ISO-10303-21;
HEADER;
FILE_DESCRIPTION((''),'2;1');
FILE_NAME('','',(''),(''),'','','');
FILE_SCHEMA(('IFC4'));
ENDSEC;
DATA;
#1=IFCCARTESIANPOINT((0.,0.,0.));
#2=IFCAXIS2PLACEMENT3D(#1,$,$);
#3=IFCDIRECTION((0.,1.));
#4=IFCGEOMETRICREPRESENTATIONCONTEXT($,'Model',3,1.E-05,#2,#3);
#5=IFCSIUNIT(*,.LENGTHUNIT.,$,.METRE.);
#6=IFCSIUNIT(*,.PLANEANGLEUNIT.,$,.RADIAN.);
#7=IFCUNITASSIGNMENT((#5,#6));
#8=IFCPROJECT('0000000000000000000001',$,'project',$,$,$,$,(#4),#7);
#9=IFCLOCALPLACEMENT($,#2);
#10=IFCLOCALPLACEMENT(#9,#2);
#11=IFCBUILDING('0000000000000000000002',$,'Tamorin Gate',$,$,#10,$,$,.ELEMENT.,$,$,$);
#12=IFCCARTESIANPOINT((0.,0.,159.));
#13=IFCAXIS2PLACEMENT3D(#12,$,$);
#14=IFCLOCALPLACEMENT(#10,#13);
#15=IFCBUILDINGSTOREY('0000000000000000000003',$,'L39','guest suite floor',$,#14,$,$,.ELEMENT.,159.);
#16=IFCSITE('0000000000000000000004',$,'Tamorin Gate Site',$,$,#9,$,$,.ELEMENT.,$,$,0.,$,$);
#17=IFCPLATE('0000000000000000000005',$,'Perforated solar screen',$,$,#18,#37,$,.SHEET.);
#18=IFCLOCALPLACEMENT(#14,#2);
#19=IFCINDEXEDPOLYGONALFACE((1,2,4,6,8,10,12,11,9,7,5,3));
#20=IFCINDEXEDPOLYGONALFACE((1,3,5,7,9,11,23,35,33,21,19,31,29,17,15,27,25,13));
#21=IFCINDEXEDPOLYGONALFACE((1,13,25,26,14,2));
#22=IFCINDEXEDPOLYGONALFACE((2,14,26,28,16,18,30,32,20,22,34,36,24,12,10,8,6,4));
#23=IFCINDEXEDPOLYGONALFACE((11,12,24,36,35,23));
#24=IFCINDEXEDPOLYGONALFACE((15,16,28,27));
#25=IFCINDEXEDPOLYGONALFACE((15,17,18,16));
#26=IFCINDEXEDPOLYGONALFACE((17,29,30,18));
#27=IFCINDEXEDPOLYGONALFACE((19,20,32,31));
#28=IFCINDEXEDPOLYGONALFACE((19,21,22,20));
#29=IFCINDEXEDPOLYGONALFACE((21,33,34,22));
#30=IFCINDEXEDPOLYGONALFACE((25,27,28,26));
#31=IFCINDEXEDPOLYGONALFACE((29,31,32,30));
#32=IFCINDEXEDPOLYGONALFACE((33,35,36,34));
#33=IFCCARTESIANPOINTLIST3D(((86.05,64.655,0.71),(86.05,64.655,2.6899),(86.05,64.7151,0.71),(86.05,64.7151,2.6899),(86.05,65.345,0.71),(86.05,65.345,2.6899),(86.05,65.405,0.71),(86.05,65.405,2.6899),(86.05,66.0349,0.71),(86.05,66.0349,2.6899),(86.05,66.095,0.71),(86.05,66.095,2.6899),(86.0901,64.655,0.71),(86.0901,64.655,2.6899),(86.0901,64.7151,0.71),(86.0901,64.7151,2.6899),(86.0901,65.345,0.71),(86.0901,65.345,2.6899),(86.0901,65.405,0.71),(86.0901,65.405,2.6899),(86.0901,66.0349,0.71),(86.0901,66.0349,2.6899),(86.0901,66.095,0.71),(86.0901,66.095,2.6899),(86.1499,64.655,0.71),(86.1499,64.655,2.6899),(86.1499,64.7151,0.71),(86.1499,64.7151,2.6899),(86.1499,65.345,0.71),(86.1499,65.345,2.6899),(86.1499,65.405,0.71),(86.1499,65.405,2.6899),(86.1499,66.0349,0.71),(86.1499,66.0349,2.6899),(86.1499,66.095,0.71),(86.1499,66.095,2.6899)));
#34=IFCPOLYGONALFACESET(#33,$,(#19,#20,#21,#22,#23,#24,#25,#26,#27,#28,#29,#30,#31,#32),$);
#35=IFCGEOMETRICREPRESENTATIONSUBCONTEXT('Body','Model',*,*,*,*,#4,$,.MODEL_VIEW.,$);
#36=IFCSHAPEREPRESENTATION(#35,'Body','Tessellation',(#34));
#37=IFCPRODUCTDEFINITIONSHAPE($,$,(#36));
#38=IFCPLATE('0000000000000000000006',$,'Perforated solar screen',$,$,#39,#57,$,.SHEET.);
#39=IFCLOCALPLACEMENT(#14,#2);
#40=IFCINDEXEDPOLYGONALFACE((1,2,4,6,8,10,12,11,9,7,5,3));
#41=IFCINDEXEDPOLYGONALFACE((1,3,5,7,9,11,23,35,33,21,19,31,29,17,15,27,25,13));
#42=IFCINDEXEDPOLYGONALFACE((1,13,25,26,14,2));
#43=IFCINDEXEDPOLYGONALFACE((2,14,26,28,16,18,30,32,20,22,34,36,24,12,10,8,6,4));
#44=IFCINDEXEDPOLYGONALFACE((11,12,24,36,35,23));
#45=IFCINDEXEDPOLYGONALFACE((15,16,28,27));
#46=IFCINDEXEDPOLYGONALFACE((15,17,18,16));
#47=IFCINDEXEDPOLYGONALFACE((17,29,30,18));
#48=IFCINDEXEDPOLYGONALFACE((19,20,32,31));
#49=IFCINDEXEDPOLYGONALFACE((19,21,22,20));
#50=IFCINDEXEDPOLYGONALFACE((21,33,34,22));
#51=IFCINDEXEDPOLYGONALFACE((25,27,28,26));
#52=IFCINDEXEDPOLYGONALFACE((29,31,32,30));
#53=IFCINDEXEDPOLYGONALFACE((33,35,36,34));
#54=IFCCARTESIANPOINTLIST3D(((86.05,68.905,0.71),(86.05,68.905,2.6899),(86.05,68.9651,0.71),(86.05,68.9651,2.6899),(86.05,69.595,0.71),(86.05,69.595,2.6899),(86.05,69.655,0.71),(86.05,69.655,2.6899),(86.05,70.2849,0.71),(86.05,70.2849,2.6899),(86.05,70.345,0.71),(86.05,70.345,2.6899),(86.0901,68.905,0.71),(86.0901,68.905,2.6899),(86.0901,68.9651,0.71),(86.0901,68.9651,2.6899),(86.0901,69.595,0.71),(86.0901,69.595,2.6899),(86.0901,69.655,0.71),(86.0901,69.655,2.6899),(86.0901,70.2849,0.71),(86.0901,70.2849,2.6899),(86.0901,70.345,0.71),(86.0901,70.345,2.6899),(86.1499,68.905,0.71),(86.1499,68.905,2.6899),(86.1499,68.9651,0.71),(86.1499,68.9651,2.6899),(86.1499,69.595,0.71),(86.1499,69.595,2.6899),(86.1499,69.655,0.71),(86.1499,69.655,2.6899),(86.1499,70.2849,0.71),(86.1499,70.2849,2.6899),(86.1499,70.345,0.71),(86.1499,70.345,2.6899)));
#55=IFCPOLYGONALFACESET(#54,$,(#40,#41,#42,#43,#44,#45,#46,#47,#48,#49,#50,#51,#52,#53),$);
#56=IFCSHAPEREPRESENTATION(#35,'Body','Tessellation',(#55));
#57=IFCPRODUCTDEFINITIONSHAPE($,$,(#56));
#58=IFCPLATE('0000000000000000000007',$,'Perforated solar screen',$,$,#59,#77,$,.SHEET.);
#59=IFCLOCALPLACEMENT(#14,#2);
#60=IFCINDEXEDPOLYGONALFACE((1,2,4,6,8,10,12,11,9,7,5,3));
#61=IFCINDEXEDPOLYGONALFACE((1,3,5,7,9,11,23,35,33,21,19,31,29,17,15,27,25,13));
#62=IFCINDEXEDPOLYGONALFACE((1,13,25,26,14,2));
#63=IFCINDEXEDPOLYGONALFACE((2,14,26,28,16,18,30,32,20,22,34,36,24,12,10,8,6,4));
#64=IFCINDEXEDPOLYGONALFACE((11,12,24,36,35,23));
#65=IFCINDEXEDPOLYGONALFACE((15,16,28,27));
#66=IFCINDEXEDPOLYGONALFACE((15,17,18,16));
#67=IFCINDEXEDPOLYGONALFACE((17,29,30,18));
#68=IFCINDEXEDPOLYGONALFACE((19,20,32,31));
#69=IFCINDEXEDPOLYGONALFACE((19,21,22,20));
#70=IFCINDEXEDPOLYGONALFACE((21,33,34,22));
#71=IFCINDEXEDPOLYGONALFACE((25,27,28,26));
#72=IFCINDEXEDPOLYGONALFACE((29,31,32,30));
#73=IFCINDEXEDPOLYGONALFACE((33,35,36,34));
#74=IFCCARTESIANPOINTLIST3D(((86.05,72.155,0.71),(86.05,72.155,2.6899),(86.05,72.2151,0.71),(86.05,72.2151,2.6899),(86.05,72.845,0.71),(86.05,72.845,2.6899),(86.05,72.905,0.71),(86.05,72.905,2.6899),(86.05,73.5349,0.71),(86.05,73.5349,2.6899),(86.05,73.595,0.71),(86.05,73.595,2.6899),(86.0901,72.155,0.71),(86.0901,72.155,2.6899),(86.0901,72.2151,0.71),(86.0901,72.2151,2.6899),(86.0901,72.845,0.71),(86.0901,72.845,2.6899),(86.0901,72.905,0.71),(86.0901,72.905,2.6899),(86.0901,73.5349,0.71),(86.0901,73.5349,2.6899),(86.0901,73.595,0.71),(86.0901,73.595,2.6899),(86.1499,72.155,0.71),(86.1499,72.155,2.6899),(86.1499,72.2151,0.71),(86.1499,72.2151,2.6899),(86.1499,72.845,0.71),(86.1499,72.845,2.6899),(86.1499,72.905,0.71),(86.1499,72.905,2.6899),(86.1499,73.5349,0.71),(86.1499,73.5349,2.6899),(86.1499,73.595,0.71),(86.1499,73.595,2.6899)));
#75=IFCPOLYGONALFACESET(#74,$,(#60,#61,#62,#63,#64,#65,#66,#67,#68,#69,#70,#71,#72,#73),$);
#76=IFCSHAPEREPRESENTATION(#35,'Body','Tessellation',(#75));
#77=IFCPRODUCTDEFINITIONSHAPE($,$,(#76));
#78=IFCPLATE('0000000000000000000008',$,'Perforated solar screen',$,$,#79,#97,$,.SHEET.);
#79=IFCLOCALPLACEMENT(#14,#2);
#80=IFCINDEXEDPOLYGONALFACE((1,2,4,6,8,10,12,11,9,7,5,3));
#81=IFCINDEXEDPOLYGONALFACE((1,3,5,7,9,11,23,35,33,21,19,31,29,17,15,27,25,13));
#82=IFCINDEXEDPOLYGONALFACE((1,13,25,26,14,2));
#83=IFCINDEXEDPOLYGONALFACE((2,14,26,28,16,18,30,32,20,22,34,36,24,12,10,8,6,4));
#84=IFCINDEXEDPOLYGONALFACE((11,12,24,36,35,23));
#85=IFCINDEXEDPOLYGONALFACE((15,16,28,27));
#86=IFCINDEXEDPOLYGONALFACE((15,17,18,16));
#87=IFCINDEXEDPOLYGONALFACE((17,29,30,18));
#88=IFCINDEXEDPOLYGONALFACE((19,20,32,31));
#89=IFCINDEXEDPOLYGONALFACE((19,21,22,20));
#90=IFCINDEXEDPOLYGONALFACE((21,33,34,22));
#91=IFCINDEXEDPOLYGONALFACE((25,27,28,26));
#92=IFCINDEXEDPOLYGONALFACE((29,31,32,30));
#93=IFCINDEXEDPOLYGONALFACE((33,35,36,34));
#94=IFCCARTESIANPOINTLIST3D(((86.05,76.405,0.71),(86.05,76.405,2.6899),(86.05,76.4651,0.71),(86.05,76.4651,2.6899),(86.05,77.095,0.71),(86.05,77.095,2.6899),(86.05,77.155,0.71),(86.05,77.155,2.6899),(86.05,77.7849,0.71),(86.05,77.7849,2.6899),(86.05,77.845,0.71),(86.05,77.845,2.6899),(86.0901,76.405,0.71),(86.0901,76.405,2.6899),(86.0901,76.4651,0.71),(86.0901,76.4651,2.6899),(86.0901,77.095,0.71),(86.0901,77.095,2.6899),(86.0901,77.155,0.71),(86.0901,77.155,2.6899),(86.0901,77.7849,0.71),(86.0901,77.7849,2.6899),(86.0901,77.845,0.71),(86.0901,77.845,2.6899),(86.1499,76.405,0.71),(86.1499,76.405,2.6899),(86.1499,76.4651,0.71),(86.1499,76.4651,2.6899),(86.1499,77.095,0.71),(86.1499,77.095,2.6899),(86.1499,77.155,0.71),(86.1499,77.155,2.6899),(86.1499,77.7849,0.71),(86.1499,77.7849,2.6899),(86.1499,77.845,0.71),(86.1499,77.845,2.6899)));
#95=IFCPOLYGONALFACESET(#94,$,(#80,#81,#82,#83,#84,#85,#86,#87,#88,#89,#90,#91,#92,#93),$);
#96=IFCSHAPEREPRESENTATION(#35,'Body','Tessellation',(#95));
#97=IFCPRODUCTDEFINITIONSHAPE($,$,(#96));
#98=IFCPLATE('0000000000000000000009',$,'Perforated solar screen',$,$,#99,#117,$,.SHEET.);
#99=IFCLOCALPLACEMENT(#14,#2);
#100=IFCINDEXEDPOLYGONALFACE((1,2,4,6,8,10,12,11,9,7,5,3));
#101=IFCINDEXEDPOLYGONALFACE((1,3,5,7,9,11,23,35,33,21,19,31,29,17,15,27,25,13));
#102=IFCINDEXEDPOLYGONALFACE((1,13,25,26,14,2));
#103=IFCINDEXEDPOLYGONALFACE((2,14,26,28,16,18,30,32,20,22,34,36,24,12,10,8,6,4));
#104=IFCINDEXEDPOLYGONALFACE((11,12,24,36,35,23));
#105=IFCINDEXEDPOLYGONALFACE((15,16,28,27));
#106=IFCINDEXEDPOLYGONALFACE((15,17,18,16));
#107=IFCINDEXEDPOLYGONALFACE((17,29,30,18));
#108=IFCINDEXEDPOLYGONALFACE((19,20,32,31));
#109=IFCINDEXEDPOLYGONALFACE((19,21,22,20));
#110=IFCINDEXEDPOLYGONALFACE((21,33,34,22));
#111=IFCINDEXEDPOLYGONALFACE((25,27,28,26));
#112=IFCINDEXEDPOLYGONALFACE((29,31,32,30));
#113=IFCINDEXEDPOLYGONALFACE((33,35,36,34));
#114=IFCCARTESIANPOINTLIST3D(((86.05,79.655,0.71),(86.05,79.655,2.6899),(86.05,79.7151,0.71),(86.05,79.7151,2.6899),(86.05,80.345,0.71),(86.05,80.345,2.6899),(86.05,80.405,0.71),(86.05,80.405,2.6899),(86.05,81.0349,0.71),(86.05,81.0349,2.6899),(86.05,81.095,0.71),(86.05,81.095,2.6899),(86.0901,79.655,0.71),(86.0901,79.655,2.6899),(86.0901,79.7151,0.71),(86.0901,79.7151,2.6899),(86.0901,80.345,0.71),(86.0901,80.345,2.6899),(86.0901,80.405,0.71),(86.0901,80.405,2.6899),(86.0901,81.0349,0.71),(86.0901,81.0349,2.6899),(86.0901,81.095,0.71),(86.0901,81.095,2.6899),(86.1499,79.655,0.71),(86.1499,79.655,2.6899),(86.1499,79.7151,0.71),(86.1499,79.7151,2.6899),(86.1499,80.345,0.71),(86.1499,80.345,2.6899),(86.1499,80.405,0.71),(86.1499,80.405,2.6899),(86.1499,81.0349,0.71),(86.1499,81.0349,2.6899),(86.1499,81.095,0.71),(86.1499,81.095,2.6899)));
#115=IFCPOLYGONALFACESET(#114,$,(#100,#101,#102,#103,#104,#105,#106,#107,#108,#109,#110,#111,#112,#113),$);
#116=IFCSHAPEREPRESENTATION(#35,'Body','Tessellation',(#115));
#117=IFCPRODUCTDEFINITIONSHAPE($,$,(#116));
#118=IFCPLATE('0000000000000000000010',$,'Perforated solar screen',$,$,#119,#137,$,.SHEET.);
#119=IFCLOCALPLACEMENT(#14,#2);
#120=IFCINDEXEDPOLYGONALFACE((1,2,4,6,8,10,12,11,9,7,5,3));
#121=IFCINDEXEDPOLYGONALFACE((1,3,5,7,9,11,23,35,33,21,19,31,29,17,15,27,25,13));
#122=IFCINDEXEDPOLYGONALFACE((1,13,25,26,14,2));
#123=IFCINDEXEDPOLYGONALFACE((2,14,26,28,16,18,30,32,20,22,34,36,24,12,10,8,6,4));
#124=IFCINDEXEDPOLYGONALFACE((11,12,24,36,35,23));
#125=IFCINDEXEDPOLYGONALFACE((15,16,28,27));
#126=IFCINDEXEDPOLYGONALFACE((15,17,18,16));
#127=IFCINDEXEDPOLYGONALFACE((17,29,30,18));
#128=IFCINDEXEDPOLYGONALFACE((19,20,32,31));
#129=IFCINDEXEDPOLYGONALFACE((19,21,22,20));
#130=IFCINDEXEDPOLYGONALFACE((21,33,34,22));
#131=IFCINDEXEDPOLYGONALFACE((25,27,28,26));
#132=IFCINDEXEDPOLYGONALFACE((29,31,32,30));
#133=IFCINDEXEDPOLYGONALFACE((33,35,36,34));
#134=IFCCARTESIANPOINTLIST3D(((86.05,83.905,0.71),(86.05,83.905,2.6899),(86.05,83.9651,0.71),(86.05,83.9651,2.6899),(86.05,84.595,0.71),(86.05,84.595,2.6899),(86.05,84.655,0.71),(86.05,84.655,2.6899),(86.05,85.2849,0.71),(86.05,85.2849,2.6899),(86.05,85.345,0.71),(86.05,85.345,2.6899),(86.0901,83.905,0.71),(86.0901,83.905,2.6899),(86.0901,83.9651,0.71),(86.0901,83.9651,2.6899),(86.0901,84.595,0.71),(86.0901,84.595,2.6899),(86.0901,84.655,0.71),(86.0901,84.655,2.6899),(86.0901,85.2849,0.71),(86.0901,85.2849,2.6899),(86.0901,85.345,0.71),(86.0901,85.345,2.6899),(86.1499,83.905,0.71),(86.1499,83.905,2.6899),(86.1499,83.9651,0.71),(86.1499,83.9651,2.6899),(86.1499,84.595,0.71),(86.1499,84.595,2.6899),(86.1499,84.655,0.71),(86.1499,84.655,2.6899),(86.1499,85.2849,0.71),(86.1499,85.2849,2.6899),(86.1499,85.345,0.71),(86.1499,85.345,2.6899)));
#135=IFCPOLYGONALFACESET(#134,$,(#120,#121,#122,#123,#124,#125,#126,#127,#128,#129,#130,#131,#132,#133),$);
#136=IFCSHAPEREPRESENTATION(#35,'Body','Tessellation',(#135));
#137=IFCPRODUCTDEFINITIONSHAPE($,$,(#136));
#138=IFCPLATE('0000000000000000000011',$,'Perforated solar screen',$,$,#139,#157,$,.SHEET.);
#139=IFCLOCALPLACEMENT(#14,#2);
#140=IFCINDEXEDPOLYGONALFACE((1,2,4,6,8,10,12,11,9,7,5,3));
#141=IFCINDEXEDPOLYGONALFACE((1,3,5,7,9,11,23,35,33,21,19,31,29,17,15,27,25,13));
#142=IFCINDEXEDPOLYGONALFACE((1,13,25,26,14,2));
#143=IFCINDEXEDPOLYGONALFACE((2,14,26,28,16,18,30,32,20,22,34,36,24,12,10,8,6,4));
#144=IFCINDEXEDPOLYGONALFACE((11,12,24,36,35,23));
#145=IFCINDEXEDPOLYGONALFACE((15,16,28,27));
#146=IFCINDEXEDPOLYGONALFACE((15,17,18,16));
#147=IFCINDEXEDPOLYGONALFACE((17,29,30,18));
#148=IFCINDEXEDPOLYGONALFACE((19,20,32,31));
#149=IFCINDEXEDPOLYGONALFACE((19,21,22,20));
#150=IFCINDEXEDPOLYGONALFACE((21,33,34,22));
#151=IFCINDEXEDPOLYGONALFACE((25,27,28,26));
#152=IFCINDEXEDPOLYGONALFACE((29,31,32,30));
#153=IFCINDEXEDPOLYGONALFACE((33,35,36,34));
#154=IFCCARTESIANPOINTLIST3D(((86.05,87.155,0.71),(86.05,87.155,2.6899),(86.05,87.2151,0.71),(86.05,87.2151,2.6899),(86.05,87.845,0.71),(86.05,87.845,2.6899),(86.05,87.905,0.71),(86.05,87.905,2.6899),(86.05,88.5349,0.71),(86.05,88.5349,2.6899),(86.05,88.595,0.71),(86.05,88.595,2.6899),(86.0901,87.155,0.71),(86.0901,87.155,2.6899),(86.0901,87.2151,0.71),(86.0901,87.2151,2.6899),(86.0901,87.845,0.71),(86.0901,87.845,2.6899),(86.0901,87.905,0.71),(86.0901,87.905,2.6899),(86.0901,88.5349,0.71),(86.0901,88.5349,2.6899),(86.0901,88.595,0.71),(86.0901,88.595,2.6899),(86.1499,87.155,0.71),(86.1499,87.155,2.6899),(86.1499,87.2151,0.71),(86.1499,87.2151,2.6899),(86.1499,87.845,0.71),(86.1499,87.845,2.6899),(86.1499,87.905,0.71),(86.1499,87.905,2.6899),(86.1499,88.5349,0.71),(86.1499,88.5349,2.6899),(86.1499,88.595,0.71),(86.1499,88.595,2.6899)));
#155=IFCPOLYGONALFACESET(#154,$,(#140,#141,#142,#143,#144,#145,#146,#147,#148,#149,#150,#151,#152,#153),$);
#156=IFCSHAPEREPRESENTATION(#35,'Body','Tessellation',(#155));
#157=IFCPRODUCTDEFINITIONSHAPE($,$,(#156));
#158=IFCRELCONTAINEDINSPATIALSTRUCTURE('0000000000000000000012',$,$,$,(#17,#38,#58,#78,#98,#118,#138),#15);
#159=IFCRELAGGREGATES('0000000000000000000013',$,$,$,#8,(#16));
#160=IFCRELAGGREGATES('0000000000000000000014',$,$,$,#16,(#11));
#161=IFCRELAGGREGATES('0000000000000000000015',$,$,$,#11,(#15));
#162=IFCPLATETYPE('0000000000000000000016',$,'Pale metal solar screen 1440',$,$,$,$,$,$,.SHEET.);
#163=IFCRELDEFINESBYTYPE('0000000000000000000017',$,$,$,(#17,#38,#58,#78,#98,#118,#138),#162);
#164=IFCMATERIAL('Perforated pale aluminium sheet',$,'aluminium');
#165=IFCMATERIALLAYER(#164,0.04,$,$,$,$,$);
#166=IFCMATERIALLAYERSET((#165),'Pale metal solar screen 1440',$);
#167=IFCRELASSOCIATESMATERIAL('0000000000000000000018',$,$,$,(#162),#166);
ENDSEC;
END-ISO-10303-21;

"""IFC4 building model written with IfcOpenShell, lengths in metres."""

from ifc_helpers import new_model, si_unit, direction, frame, origin, place, context, subcontext, project, spatial, polyline, outline, extrude, material, layer, layer_set, type_object, element, save


model = new_model("IFC4")

# Units and contexts
model_context = context("Model", 3, precision=1e-05, world=origin(), true_north=direction((0.0, 1.0)))
body_context = subcontext(model_context, "Body", "Model", "MODEL_VIEW")
ifc_project = project(units=[si_unit("LENGTHUNIT", "METRE"), si_unit("PLANEANGLEUNIT", "RADIAN")], contexts=[model_context])

# Site, building, storey
site_placement = place(None, origin())
site = spatial("IfcSite", under=ifc_project, at=site_placement, Name="Tamorin Gate Site", CompositionType="ELEMENT", RefElevation=0.0)
building_placement = place(site_placement, origin())
building = spatial("IfcBuilding", under=site, at=building_placement, Name="Tamorin Gate", CompositionType="ELEMENT")
storey_placement = place(building_placement, frame((0.0, 0.0, 159.0)))
storey = spatial("IfcBuildingStorey", under=building, at=storey_placement, Name="L39", Description="guest suite floor", CompositionType="ELEMENT", Elevation=159.0)

# Plates
ifc_material_1 = material(Name="Perforated pale aluminium sheet", Category="aluminium")
ifc_layer_1 = layer(ifc_material_1, 0.04)
ifc_layer_set_1 = layer_set([ifc_layer_1], Name="Pale metal solar screen 1440")
plate_type_1 = type_object("IfcPlateType", Name="Pale metal solar screen 1440", PredefinedType="SHEET", material=ifc_layer_set_1)
plate_1_placement = place(storey_placement, frame((0.0, 0.0, 0.71)))
element("IfcPlate", 1, at=plate_1_placement, inside=storey, type_object=plate_type_1, Name="Perforated solar screen", PredefinedType="SHEET", context=body_context, shape_type="SweptSolid", body=[
    extrude(outline(polyline([(86.0901, 64.655), (86.05, 64.655), (86.05, 64.7151), (86.05, 65.345), (86.05, 65.405), (86.05, 66.0349), (86.05, 66.095), (86.0901, 66.095), (86.1499, 66.095), (86.1499, 66.0349), (86.0901, 66.0349), (86.0901, 65.405), (86.1499, 65.405), (86.1499, 65.345), (86.0901, 65.345), (86.0901, 64.7151), (86.1499, 64.7151), (86.1499, 64.655), (86.0901, 64.655)])), origin(), (0.0, 0.0, 1.0), 1.98),
])
plate_2_placement = place(storey_placement, frame((0.0, 0.0, 0.71)))
element("IfcPlate", 2, at=plate_2_placement, inside=storey, type_object=plate_type_1, Name="Perforated solar screen", PredefinedType="SHEET", context=body_context, shape_type="SweptSolid", body=[
    extrude(outline(polyline([(86.0901, 68.905), (86.05, 68.905), (86.05, 68.9651), (86.05, 69.595), (86.05, 69.655), (86.05, 70.2849), (86.05, 70.345), (86.0901, 70.345), (86.1499, 70.345), (86.1499, 70.2849), (86.0901, 70.2849), (86.0901, 69.655), (86.1499, 69.655), (86.1499, 69.595), (86.0901, 69.595), (86.0901, 68.9651), (86.1499, 68.9651), (86.1499, 68.905), (86.0901, 68.905)])), origin(), (0.0, 0.0, 1.0), 1.98),
])
plate_3_placement = place(storey_placement, frame((0.0, 0.0, 0.71)))
element("IfcPlate", 3, at=plate_3_placement, inside=storey, type_object=plate_type_1, Name="Perforated solar screen", PredefinedType="SHEET", context=body_context, shape_type="SweptSolid", body=[
    extrude(outline(polyline([(86.0901, 72.155), (86.05, 72.155), (86.05, 72.2151), (86.05, 72.845), (86.05, 72.905), (86.05, 73.5349), (86.05, 73.595), (86.0901, 73.595), (86.1499, 73.595), (86.1499, 73.5349), (86.0901, 73.5349), (86.0901, 72.905), (86.1499, 72.905), (86.1499, 72.845), (86.0901, 72.845), (86.0901, 72.2151), (86.1499, 72.2151), (86.1499, 72.155), (86.0901, 72.155)])), origin(), (0.0, 0.0, 1.0), 1.98),
])
plate_4_placement = place(storey_placement, frame((0.0, 0.0, 0.71)))
element("IfcPlate", 4, at=plate_4_placement, inside=storey, type_object=plate_type_1, Name="Perforated solar screen", PredefinedType="SHEET", context=body_context, shape_type="SweptSolid", body=[
    extrude(outline(polyline([(86.0901, 76.405), (86.05, 76.405), (86.05, 76.4651), (86.05, 77.095), (86.05, 77.155), (86.05, 77.7849), (86.05, 77.845), (86.0901, 77.845), (86.1499, 77.845), (86.1499, 77.7849), (86.0901, 77.7849), (86.0901, 77.155), (86.1499, 77.155), (86.1499, 77.095), (86.0901, 77.095), (86.0901, 76.4651), (86.1499, 76.4651), (86.1499, 76.405), (86.0901, 76.405)])), origin(), (0.0, 0.0, 1.0), 1.98),
])
plate_5_placement = place(storey_placement, frame((0.0, 0.0, 0.71)))
element("IfcPlate", 5, at=plate_5_placement, inside=storey, type_object=plate_type_1, Name="Perforated solar screen", PredefinedType="SHEET", context=body_context, shape_type="SweptSolid", body=[
    extrude(outline(polyline([(86.0901, 79.655), (86.05, 79.655), (86.05, 79.7151), (86.05, 80.345), (86.05, 80.405), (86.05, 81.0349), (86.05, 81.095), (86.0901, 81.095), (86.1499, 81.095), (86.1499, 81.0349), (86.0901, 81.0349), (86.0901, 80.405), (86.1499, 80.405), (86.1499, 80.345), (86.0901, 80.345), (86.0901, 79.7151), (86.1499, 79.7151), (86.1499, 79.655), (86.0901, 79.655)])), origin(), (0.0, 0.0, 1.0), 1.98),
])
plate_6_placement = place(storey_placement, frame((0.0, 0.0, 0.71)))
element("IfcPlate", 6, at=plate_6_placement, inside=storey, type_object=plate_type_1, Name="Perforated solar screen", PredefinedType="SHEET", context=body_context, shape_type="SweptSolid", body=[
    extrude(outline(polyline([(86.0901, 83.905), (86.05, 83.905), (86.05, 83.9651), (86.05, 84.595), (86.05, 84.655), (86.05, 85.2849), (86.05, 85.345), (86.0901, 85.345), (86.1499, 85.345), (86.1499, 85.2849), (86.0901, 85.2849), (86.0901, 84.655), (86.1499, 84.655), (86.1499, 84.595), (86.0901, 84.595), (86.0901, 83.9651), (86.1499, 83.9651), (86.1499, 83.905), (86.0901, 83.905)])), origin(), (0.0, 0.0, 1.0), 1.98),
])
plate_7_placement = place(storey_placement, frame((0.0, 0.0, 0.71)))
element("IfcPlate", 7, at=plate_7_placement, inside=storey, type_object=plate_type_1, Name="Perforated solar screen", PredefinedType="SHEET", context=body_context, shape_type="SweptSolid", body=[
    extrude(outline(polyline([(86.0901, 87.155), (86.05, 87.155), (86.05, 87.2151), (86.05, 87.845), (86.05, 87.905), (86.05, 88.5349), (86.05, 88.595), (86.0901, 88.595), (86.1499, 88.595), (86.1499, 88.5349), (86.0901, 88.5349), (86.0901, 87.905), (86.1499, 87.905), (86.1499, 87.845), (86.0901, 87.845), (86.0901, 87.2151), (86.1499, 87.2151), (86.1499, 87.155), (86.0901, 87.155)])), origin(), (0.0, 0.0, 1.0), 1.98),
])

save(model, "model.ifc")
